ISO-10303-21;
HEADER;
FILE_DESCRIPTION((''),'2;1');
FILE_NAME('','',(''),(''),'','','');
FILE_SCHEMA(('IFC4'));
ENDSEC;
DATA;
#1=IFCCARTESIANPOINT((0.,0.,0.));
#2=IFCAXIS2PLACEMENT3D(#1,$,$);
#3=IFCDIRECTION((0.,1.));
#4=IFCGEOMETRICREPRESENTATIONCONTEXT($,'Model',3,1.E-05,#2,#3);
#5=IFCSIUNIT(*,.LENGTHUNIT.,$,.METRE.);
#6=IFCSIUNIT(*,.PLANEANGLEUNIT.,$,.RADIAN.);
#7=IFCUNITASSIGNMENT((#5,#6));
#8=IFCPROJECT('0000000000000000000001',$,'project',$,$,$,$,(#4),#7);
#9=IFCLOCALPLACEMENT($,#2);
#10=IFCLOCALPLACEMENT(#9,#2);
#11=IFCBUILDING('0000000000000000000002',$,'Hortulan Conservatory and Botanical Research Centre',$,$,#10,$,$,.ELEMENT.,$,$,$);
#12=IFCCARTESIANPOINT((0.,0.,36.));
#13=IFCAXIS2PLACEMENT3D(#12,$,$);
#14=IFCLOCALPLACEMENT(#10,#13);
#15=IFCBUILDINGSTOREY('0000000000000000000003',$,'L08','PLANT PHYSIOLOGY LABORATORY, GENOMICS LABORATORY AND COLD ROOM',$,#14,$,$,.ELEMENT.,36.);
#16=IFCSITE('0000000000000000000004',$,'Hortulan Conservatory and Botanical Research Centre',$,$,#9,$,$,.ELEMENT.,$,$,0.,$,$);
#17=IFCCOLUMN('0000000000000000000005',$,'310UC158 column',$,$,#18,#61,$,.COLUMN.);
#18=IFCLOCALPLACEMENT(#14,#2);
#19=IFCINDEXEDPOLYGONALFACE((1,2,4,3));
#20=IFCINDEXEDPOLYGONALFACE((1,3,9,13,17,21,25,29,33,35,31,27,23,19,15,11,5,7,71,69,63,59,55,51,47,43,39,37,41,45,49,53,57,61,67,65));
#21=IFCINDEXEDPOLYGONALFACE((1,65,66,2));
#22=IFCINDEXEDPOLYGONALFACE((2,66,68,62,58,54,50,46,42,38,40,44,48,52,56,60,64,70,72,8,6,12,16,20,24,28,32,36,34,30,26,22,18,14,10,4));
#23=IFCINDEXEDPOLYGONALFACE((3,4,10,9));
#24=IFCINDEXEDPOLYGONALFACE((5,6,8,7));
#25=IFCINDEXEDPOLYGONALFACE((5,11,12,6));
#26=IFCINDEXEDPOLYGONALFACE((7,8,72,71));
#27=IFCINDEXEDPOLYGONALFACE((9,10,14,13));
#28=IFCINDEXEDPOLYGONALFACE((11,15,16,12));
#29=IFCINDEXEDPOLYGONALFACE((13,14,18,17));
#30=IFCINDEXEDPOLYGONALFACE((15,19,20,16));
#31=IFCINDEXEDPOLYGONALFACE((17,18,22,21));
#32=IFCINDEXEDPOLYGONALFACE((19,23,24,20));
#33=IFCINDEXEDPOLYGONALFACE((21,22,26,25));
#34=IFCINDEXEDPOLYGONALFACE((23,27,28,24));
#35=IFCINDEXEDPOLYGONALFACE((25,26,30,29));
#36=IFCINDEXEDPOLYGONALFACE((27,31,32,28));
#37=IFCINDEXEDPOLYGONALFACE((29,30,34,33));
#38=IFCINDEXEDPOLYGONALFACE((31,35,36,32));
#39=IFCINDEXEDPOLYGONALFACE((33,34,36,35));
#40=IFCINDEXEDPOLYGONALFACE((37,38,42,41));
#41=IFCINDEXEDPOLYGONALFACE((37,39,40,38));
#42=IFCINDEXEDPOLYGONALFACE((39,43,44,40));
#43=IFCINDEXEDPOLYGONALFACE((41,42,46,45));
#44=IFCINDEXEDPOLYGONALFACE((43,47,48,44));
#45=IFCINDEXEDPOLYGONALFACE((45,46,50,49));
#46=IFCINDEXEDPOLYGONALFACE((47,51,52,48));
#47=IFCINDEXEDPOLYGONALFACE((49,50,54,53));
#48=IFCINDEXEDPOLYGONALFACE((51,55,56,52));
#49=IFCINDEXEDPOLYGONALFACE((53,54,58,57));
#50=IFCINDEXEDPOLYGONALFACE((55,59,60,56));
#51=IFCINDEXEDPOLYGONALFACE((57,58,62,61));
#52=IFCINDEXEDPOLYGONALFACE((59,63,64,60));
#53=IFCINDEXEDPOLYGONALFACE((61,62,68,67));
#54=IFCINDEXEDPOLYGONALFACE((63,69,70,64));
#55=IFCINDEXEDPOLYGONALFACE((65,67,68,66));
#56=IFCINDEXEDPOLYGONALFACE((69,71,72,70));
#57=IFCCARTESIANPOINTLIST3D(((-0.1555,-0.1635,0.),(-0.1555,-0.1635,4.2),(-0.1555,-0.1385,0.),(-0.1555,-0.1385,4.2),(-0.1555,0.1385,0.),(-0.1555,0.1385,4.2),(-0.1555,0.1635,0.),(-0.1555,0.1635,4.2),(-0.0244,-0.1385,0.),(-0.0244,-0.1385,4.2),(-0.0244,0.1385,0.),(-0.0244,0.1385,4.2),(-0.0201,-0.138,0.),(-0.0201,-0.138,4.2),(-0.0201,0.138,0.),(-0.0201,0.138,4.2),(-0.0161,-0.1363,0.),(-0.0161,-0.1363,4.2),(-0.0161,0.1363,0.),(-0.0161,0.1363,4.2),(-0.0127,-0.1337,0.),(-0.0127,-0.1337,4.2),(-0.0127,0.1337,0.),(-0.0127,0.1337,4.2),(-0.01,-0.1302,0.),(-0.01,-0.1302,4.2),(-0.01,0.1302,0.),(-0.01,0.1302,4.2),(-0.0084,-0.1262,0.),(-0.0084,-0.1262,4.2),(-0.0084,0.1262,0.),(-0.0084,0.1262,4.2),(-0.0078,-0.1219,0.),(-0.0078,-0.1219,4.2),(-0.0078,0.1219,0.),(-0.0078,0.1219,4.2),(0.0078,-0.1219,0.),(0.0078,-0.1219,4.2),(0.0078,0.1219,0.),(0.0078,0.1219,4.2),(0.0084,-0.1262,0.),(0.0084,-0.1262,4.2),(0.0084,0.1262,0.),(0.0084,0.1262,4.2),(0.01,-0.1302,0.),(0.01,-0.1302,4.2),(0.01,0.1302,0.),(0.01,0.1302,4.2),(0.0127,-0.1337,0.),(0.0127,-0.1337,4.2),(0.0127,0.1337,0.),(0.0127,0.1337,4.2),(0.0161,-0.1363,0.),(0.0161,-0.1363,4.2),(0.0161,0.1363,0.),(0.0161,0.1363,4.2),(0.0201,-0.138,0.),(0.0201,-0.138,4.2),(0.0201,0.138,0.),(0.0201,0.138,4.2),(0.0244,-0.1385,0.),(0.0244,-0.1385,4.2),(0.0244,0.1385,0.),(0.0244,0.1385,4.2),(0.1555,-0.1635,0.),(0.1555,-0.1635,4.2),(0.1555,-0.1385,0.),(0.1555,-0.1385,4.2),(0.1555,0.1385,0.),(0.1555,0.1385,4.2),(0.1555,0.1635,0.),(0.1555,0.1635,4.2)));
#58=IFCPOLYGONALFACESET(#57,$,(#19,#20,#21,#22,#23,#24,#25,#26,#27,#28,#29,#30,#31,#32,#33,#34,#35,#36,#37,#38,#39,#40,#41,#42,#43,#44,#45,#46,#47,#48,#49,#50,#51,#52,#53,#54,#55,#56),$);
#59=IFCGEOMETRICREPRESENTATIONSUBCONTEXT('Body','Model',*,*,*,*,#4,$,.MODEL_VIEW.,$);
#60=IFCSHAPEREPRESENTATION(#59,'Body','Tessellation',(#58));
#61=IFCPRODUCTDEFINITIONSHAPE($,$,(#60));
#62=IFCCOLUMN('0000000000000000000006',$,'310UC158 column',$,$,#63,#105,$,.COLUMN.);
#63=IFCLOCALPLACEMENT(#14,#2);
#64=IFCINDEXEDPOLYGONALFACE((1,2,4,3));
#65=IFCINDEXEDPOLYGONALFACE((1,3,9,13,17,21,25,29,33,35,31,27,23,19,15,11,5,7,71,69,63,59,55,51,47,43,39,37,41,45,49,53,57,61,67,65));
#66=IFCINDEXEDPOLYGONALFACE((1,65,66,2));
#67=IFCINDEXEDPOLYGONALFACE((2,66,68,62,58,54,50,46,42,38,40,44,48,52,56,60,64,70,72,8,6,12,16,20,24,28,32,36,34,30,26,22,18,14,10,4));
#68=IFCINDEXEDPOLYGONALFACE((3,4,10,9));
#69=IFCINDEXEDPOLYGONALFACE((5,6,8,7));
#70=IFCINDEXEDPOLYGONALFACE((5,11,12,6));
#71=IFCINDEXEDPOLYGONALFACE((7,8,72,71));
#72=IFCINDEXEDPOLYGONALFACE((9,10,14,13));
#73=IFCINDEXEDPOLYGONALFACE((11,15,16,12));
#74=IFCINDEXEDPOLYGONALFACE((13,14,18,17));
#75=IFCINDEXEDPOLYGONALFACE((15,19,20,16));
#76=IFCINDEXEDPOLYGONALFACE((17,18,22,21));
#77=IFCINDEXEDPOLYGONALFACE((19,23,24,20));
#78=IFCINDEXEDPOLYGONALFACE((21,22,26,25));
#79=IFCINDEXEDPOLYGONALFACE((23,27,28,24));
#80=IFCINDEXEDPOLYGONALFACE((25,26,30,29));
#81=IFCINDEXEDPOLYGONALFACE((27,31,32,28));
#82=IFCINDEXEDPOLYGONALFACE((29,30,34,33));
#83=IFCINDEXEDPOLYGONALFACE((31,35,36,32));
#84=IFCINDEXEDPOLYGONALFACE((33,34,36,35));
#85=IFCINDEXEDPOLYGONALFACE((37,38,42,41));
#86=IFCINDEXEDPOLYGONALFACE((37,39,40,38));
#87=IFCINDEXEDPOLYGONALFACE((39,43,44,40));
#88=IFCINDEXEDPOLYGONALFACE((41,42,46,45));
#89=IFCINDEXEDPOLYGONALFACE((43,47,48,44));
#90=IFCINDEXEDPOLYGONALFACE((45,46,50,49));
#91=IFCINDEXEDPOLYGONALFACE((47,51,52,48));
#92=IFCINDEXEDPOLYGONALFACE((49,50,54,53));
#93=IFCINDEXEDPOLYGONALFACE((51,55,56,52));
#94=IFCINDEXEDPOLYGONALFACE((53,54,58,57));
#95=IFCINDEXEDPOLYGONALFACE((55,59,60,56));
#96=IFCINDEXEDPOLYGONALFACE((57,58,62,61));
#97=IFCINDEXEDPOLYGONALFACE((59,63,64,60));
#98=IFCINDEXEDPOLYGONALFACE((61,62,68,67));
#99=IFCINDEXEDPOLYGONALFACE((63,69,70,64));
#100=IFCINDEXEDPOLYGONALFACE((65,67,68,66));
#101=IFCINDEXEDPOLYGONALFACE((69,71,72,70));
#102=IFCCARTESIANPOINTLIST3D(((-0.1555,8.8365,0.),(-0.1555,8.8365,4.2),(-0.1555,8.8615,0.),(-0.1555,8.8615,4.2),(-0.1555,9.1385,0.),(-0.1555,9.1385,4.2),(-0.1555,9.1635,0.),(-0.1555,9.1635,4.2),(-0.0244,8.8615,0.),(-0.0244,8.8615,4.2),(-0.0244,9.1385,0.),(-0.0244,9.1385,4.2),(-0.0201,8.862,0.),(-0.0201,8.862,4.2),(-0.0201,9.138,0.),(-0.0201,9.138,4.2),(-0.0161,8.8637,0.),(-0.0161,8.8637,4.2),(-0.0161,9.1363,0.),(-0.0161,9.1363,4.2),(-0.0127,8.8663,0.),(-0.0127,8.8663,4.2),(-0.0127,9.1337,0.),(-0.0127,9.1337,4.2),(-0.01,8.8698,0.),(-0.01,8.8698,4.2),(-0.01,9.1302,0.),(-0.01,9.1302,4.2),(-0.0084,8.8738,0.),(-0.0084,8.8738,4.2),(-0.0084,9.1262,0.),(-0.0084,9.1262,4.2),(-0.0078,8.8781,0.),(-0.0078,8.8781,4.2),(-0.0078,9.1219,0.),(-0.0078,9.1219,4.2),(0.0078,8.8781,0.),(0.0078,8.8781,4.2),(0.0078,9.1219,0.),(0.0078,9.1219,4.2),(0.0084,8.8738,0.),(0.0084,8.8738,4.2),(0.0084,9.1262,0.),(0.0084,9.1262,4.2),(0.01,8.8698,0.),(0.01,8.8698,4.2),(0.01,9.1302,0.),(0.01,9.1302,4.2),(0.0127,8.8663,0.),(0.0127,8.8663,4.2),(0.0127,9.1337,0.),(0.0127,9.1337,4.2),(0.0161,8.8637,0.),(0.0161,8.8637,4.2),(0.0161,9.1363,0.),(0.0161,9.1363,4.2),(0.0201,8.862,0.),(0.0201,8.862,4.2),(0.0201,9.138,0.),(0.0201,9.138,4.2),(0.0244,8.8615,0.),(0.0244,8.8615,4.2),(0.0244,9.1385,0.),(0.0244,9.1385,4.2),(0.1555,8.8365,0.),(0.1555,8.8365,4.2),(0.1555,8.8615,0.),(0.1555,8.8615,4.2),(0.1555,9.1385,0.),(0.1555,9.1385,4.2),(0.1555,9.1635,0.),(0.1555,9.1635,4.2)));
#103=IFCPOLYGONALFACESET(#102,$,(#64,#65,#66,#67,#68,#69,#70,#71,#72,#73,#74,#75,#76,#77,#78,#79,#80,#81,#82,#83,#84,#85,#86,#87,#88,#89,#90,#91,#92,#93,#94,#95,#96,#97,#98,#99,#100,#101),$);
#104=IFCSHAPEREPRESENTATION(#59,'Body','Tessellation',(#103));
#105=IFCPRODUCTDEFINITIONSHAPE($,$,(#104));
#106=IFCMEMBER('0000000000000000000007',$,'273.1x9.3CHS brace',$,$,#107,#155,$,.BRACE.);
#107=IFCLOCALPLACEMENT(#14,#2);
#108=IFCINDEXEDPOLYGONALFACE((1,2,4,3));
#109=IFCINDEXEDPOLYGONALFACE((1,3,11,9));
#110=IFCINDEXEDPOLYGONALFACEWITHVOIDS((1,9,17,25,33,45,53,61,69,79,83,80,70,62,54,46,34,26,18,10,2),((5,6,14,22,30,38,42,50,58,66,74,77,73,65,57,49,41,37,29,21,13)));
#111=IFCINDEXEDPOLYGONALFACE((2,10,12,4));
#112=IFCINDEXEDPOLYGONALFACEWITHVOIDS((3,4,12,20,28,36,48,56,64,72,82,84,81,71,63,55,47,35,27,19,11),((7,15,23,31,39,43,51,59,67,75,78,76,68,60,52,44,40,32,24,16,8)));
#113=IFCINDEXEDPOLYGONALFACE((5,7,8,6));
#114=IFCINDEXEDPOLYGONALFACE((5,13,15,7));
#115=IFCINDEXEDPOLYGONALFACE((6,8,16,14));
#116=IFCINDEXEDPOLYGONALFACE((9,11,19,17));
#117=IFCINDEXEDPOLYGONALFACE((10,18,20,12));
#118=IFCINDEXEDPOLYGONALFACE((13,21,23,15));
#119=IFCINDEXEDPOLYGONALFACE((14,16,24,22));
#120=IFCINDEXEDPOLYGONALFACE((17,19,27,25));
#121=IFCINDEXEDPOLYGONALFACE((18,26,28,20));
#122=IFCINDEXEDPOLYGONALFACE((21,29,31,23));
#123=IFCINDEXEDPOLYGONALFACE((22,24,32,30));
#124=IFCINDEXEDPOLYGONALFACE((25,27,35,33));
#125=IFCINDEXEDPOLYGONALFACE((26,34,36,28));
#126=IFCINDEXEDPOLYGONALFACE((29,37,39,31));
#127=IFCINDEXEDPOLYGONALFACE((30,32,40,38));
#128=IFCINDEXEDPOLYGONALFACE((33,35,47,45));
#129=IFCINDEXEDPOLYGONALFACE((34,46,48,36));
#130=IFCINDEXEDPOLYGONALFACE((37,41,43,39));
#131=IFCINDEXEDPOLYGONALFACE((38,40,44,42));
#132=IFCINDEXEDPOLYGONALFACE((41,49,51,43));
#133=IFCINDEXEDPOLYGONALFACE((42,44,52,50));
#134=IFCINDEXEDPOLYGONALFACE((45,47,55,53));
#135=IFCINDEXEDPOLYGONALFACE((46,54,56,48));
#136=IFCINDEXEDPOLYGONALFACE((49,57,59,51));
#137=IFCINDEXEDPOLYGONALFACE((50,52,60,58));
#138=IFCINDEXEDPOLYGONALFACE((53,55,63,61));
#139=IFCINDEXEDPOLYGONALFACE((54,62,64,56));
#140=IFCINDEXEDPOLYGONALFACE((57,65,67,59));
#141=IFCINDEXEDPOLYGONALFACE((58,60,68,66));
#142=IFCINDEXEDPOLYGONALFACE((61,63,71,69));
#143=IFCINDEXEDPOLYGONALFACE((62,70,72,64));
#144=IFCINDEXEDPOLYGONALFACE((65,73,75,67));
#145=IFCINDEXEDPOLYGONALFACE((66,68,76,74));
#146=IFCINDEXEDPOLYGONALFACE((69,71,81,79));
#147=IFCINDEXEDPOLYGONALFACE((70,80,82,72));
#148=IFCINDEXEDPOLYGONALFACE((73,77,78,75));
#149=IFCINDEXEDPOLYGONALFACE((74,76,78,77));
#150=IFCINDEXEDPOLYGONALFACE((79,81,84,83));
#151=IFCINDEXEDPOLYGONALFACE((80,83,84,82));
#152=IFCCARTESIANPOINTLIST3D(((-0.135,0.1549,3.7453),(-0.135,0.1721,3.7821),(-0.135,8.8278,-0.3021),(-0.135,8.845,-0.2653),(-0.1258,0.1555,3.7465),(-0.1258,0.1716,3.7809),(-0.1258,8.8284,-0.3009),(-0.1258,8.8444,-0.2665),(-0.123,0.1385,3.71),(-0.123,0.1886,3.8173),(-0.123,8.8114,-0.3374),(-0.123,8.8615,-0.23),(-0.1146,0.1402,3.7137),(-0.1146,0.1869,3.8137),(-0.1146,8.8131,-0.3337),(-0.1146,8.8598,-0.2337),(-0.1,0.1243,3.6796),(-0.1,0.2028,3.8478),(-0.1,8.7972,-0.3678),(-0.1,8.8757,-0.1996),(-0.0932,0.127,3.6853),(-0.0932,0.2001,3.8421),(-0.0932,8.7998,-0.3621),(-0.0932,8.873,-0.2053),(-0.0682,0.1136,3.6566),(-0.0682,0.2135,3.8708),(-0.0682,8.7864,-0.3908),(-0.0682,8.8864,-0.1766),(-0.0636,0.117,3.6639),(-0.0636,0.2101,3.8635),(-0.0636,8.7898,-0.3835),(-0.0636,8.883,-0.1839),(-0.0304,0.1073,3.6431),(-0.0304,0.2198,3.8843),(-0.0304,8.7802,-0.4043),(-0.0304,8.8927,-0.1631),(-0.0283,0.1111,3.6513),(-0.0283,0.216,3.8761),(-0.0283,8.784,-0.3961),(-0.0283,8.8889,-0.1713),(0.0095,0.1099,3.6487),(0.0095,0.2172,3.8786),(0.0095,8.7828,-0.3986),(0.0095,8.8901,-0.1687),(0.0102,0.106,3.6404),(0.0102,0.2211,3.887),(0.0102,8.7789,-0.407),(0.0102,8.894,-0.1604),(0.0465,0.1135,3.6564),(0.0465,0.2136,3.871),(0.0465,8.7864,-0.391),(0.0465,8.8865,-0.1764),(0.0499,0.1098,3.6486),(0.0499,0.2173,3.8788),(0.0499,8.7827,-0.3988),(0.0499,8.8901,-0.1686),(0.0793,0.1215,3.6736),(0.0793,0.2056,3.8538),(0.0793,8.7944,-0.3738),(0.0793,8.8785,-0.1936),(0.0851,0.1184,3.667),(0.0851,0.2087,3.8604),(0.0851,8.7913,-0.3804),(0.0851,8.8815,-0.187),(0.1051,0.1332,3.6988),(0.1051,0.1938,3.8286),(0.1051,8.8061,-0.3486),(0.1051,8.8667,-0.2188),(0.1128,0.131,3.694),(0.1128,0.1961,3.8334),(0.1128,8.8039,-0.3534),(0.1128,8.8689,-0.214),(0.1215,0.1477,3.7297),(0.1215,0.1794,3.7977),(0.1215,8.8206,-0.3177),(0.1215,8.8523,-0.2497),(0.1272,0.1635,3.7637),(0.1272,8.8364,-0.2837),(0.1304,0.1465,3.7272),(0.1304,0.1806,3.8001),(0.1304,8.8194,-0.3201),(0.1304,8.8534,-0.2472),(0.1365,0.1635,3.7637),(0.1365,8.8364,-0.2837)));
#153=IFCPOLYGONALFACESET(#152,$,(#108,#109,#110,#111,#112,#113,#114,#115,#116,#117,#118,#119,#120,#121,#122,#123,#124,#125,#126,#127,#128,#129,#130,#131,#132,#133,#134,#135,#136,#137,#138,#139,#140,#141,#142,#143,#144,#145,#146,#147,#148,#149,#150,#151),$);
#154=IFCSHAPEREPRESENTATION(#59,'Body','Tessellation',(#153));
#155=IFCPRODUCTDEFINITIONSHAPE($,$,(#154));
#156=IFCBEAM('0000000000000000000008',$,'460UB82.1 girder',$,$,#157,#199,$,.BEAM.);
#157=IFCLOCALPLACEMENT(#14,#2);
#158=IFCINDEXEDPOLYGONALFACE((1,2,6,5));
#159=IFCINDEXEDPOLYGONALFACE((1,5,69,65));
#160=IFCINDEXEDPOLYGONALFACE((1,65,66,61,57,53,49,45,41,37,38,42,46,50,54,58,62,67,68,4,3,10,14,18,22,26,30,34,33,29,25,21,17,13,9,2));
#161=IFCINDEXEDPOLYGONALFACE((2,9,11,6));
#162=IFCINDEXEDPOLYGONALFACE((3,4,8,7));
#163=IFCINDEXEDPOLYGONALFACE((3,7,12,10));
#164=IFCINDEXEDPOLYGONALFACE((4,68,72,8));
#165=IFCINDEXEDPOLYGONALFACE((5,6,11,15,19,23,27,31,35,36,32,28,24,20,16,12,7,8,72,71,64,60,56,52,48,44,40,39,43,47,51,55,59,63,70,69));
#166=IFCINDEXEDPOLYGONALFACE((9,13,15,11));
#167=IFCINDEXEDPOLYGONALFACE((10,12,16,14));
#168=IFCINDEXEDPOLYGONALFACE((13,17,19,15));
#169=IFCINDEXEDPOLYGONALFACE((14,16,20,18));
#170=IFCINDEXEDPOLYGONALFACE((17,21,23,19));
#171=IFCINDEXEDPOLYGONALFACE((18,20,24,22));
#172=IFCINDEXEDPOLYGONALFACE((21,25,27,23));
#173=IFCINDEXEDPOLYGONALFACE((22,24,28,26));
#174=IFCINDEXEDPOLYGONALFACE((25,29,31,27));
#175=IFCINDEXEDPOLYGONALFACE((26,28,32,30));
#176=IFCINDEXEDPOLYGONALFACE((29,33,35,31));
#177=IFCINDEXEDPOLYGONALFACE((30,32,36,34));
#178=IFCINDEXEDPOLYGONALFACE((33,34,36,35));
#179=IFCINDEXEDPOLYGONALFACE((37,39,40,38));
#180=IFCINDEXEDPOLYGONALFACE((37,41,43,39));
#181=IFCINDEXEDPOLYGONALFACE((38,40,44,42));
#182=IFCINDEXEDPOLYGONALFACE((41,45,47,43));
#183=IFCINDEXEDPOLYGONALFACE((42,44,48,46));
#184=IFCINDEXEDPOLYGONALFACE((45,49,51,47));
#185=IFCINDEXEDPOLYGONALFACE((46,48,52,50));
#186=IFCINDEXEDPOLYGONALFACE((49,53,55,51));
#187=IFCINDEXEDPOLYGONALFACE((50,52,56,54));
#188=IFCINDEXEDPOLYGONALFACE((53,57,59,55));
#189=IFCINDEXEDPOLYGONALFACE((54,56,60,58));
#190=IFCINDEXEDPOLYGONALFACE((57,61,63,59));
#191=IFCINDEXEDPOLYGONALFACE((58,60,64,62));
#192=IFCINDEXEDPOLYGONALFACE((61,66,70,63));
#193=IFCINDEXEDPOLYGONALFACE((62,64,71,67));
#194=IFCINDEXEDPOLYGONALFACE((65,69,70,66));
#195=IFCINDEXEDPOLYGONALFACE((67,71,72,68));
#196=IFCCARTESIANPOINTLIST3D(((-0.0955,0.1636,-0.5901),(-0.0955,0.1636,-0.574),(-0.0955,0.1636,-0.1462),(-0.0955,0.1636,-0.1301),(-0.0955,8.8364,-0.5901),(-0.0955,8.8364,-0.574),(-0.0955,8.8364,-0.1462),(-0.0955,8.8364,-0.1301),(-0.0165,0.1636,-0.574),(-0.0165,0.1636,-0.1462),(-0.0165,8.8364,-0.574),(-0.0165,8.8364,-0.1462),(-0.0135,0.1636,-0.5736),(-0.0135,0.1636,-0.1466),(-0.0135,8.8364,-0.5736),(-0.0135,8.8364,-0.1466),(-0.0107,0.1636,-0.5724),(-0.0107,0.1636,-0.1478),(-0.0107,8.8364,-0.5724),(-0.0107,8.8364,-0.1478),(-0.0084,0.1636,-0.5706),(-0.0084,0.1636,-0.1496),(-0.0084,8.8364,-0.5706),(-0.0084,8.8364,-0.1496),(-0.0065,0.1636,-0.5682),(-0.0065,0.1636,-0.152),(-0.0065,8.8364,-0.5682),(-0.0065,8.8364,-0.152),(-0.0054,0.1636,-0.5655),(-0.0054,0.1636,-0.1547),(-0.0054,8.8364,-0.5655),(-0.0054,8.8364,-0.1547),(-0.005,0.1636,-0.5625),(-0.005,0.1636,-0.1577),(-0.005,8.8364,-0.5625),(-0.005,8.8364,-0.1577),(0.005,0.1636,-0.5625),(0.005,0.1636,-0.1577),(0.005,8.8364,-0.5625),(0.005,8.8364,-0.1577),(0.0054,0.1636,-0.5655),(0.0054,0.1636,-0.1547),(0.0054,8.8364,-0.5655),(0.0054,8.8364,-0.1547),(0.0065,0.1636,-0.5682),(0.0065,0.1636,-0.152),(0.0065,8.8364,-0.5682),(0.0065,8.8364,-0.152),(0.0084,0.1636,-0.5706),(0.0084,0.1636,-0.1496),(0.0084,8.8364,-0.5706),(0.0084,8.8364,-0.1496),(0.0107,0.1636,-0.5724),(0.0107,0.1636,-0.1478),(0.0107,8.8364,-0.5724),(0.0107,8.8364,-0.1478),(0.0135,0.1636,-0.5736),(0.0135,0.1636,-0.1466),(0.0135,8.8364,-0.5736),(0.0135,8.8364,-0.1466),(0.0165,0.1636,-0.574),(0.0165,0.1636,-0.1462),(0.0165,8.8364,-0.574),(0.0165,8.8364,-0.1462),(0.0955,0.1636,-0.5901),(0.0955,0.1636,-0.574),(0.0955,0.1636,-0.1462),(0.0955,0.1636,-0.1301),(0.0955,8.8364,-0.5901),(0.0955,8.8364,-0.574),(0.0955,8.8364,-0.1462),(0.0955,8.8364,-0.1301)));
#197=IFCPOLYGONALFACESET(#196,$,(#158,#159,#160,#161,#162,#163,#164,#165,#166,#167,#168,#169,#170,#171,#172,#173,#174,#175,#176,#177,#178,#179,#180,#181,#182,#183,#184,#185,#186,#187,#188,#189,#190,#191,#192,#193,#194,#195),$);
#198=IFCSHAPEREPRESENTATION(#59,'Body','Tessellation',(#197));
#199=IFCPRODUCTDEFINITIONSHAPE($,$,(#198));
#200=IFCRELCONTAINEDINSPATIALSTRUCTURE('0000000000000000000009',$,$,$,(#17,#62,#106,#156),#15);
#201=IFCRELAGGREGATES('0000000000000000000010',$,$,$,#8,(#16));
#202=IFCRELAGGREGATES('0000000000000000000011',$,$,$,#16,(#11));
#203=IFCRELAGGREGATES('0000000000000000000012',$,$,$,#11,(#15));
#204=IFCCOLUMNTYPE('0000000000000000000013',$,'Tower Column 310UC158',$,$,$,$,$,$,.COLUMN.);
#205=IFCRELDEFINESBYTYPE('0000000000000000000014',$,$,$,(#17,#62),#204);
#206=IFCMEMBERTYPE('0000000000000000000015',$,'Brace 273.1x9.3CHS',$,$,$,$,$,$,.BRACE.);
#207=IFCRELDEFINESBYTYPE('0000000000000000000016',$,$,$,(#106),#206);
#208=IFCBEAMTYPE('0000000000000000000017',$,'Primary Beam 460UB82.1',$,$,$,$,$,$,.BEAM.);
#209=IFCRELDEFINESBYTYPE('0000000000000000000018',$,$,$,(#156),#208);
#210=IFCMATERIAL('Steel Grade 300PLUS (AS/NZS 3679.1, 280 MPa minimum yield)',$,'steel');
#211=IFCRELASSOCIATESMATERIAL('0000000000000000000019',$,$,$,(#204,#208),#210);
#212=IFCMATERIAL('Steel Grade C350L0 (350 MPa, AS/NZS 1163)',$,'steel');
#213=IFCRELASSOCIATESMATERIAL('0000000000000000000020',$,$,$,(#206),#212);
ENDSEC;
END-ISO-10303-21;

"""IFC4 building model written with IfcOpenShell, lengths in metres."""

from ifc_helpers import new_model, si_unit, direction, frame, origin, origin_2d, place, context, subcontext, project, spatial, hollow_circle, i_section, extrude, material, material_profile, profile_set, type_object, element, save


model = new_model("IFC4")

# Units and contexts
model_context = context("Model", 3, precision=1e-05, world=origin(), true_north=direction((0.0, 1.0)))
body_context = subcontext(model_context, "Body", "Model", "MODEL_VIEW")
ifc_project = project(units=[si_unit("LENGTHUNIT", "METRE"), si_unit("PLANEANGLEUNIT", "RADIAN")], contexts=[model_context])

# Site, building, storey
site_placement = place(None, origin())
site = spatial("IfcSite", under=ifc_project, at=site_placement, Name="Hortulan Conservatory and Botanical Research Centre", CompositionType="ELEMENT", RefElevation=0.0)
building_placement = place(site_placement, origin())
building = spatial("IfcBuilding", under=site, at=building_placement, Name="Hortulan Conservatory and Botanical Research Centre", CompositionType="ELEMENT")
storey_placement = place(building_placement, frame((0.0, 0.0, 36.0)))
storey = spatial("IfcBuildingStorey", under=building, at=storey_placement, Name="L08", Description="PLANT PHYSIOLOGY LABORATORY, GENOMICS LABORATORY AND COLD ROOM", CompositionType="ELEMENT", Elevation=36.0)

# Columns
ifc_material_1 = material(Name="Steel Grade 300PLUS (AS/NZS 3679.1, 280 MPa minimum yield)", Category="steel")
ifc_material_profile_1 = material_profile(ifc_material_1, i_section(OverallWidth=0.311, OverallDepth=0.3269, WebThickness=0.0156, FlangeThickness=0.0249, FilletRadius=0.0166, at=origin_2d()), Name="310UC158")
ifc_profile_set_1 = profile_set([ifc_material_profile_1], Name="Steel Grade 300PLUS (AS/NZS 3679.1, 280 MPa minimum yield)")
column_type = type_object("IfcColumnType", Name="Tower Column 310UC158", PredefinedType="COLUMN", material=ifc_profile_set_1)
for number, where, z_axis, x_axis, name in (
    (1, (0.0, 0.0, 0.0), (0.0, 0.0, 1.0), (1.0, 0.0, 0.0), "310UC158 column"),
    (2, (0.0, 9.0, 0.0), (0.0, 0.0, 1.0), (1.0, 0.0, 0.0), "310UC158 column"),
):
    element("IfcColumn", number, at=place(storey_placement, frame(where, z_axis=z_axis, x_axis=x_axis)), inside=storey, type_object=column_type, Name=name, PredefinedType="COLUMN", context=body_context, shape_type="SweptSolid", body=[
        extrude(i_section(OverallWidth=0.311, OverallDepth=0.3269, WebThickness=0.0156, FlangeThickness=0.0249, FilletRadius=0.0166, at=origin_2d()), origin(), (0.0, 0.0, 1.0), 4.2),
    ])

# Member
ifc_material_2 = material(Name="Steel Grade C350L0 (350 MPa, AS/NZS 1163)", Category="steel")
ifc_material_profile_2 = material_profile(ifc_material_2, hollow_circle(Radius=0.1365, WallThickness=0.0093, at=origin_2d()), Name="273.1x9.3CHS")
ifc_profile_set_2 = profile_set([ifc_material_profile_2], Name="Steel Grade C350L0 (350 MPa, AS/NZS 1163)")
member_type = type_object("IfcMemberType", Name="Brace 273.1x9.3CHS", PredefinedType="BRACE", material=ifc_profile_set_2)
member_placement = place(storey_placement, frame((0.0, 8.8364, -0.2837), z_axis=(0.0, -0.906182, 0.422888), x_axis=(1.0, 0.0, 0.0)))
element("IfcMember", 3, at=member_placement, inside=storey, type_object=member_type, Name="273.1x9.3CHS brace", PredefinedType="BRACE", context=body_context, shape_type="SweptSolid", body=[
    extrude(hollow_circle(Radius=0.1365, WallThickness=0.0093, at=origin_2d()), origin(), (0.0, 0.0, 1.0), 9.5708),
])

# Beam
ifc_material_profile_3 = material_profile(ifc_material_1, i_section(OverallWidth=0.1909, OverallDepth=0.46, WebThickness=0.01, FlangeThickness=0.0161, FilletRadius=0.0115, at=origin_2d()), Name="460UB82.1")
ifc_profile_set_3 = profile_set([ifc_material_profile_3], Name="Steel Grade 300PLUS (AS/NZS 3679.1, 280 MPa minimum yield)")
beam_type_1 = type_object("IfcBeamType", Name="Primary Beam 460UB82.1", PredefinedType="BEAM", material=ifc_profile_set_3)
beam_1_placement = place(storey_placement, frame((0.0, 0.1636, -0.3601), z_axis=(0.0, 1.0, 0.0), x_axis=(-1.0, 0.0, 0.0)))
element("IfcBeam", 4, at=beam_1_placement, inside=storey, type_object=beam_type_1, Name="460UB82.1 girder", PredefinedType="BEAM", context=body_context, shape_type="SweptSolid", body=[
    extrude(i_section(OverallWidth=0.1909, OverallDepth=0.46, WebThickness=0.01, FlangeThickness=0.0161, FilletRadius=0.0115, at=origin_2d()), origin(), (0.0, 0.0, 1.0), 8.6729),
])

save(model, "model.ifc")
